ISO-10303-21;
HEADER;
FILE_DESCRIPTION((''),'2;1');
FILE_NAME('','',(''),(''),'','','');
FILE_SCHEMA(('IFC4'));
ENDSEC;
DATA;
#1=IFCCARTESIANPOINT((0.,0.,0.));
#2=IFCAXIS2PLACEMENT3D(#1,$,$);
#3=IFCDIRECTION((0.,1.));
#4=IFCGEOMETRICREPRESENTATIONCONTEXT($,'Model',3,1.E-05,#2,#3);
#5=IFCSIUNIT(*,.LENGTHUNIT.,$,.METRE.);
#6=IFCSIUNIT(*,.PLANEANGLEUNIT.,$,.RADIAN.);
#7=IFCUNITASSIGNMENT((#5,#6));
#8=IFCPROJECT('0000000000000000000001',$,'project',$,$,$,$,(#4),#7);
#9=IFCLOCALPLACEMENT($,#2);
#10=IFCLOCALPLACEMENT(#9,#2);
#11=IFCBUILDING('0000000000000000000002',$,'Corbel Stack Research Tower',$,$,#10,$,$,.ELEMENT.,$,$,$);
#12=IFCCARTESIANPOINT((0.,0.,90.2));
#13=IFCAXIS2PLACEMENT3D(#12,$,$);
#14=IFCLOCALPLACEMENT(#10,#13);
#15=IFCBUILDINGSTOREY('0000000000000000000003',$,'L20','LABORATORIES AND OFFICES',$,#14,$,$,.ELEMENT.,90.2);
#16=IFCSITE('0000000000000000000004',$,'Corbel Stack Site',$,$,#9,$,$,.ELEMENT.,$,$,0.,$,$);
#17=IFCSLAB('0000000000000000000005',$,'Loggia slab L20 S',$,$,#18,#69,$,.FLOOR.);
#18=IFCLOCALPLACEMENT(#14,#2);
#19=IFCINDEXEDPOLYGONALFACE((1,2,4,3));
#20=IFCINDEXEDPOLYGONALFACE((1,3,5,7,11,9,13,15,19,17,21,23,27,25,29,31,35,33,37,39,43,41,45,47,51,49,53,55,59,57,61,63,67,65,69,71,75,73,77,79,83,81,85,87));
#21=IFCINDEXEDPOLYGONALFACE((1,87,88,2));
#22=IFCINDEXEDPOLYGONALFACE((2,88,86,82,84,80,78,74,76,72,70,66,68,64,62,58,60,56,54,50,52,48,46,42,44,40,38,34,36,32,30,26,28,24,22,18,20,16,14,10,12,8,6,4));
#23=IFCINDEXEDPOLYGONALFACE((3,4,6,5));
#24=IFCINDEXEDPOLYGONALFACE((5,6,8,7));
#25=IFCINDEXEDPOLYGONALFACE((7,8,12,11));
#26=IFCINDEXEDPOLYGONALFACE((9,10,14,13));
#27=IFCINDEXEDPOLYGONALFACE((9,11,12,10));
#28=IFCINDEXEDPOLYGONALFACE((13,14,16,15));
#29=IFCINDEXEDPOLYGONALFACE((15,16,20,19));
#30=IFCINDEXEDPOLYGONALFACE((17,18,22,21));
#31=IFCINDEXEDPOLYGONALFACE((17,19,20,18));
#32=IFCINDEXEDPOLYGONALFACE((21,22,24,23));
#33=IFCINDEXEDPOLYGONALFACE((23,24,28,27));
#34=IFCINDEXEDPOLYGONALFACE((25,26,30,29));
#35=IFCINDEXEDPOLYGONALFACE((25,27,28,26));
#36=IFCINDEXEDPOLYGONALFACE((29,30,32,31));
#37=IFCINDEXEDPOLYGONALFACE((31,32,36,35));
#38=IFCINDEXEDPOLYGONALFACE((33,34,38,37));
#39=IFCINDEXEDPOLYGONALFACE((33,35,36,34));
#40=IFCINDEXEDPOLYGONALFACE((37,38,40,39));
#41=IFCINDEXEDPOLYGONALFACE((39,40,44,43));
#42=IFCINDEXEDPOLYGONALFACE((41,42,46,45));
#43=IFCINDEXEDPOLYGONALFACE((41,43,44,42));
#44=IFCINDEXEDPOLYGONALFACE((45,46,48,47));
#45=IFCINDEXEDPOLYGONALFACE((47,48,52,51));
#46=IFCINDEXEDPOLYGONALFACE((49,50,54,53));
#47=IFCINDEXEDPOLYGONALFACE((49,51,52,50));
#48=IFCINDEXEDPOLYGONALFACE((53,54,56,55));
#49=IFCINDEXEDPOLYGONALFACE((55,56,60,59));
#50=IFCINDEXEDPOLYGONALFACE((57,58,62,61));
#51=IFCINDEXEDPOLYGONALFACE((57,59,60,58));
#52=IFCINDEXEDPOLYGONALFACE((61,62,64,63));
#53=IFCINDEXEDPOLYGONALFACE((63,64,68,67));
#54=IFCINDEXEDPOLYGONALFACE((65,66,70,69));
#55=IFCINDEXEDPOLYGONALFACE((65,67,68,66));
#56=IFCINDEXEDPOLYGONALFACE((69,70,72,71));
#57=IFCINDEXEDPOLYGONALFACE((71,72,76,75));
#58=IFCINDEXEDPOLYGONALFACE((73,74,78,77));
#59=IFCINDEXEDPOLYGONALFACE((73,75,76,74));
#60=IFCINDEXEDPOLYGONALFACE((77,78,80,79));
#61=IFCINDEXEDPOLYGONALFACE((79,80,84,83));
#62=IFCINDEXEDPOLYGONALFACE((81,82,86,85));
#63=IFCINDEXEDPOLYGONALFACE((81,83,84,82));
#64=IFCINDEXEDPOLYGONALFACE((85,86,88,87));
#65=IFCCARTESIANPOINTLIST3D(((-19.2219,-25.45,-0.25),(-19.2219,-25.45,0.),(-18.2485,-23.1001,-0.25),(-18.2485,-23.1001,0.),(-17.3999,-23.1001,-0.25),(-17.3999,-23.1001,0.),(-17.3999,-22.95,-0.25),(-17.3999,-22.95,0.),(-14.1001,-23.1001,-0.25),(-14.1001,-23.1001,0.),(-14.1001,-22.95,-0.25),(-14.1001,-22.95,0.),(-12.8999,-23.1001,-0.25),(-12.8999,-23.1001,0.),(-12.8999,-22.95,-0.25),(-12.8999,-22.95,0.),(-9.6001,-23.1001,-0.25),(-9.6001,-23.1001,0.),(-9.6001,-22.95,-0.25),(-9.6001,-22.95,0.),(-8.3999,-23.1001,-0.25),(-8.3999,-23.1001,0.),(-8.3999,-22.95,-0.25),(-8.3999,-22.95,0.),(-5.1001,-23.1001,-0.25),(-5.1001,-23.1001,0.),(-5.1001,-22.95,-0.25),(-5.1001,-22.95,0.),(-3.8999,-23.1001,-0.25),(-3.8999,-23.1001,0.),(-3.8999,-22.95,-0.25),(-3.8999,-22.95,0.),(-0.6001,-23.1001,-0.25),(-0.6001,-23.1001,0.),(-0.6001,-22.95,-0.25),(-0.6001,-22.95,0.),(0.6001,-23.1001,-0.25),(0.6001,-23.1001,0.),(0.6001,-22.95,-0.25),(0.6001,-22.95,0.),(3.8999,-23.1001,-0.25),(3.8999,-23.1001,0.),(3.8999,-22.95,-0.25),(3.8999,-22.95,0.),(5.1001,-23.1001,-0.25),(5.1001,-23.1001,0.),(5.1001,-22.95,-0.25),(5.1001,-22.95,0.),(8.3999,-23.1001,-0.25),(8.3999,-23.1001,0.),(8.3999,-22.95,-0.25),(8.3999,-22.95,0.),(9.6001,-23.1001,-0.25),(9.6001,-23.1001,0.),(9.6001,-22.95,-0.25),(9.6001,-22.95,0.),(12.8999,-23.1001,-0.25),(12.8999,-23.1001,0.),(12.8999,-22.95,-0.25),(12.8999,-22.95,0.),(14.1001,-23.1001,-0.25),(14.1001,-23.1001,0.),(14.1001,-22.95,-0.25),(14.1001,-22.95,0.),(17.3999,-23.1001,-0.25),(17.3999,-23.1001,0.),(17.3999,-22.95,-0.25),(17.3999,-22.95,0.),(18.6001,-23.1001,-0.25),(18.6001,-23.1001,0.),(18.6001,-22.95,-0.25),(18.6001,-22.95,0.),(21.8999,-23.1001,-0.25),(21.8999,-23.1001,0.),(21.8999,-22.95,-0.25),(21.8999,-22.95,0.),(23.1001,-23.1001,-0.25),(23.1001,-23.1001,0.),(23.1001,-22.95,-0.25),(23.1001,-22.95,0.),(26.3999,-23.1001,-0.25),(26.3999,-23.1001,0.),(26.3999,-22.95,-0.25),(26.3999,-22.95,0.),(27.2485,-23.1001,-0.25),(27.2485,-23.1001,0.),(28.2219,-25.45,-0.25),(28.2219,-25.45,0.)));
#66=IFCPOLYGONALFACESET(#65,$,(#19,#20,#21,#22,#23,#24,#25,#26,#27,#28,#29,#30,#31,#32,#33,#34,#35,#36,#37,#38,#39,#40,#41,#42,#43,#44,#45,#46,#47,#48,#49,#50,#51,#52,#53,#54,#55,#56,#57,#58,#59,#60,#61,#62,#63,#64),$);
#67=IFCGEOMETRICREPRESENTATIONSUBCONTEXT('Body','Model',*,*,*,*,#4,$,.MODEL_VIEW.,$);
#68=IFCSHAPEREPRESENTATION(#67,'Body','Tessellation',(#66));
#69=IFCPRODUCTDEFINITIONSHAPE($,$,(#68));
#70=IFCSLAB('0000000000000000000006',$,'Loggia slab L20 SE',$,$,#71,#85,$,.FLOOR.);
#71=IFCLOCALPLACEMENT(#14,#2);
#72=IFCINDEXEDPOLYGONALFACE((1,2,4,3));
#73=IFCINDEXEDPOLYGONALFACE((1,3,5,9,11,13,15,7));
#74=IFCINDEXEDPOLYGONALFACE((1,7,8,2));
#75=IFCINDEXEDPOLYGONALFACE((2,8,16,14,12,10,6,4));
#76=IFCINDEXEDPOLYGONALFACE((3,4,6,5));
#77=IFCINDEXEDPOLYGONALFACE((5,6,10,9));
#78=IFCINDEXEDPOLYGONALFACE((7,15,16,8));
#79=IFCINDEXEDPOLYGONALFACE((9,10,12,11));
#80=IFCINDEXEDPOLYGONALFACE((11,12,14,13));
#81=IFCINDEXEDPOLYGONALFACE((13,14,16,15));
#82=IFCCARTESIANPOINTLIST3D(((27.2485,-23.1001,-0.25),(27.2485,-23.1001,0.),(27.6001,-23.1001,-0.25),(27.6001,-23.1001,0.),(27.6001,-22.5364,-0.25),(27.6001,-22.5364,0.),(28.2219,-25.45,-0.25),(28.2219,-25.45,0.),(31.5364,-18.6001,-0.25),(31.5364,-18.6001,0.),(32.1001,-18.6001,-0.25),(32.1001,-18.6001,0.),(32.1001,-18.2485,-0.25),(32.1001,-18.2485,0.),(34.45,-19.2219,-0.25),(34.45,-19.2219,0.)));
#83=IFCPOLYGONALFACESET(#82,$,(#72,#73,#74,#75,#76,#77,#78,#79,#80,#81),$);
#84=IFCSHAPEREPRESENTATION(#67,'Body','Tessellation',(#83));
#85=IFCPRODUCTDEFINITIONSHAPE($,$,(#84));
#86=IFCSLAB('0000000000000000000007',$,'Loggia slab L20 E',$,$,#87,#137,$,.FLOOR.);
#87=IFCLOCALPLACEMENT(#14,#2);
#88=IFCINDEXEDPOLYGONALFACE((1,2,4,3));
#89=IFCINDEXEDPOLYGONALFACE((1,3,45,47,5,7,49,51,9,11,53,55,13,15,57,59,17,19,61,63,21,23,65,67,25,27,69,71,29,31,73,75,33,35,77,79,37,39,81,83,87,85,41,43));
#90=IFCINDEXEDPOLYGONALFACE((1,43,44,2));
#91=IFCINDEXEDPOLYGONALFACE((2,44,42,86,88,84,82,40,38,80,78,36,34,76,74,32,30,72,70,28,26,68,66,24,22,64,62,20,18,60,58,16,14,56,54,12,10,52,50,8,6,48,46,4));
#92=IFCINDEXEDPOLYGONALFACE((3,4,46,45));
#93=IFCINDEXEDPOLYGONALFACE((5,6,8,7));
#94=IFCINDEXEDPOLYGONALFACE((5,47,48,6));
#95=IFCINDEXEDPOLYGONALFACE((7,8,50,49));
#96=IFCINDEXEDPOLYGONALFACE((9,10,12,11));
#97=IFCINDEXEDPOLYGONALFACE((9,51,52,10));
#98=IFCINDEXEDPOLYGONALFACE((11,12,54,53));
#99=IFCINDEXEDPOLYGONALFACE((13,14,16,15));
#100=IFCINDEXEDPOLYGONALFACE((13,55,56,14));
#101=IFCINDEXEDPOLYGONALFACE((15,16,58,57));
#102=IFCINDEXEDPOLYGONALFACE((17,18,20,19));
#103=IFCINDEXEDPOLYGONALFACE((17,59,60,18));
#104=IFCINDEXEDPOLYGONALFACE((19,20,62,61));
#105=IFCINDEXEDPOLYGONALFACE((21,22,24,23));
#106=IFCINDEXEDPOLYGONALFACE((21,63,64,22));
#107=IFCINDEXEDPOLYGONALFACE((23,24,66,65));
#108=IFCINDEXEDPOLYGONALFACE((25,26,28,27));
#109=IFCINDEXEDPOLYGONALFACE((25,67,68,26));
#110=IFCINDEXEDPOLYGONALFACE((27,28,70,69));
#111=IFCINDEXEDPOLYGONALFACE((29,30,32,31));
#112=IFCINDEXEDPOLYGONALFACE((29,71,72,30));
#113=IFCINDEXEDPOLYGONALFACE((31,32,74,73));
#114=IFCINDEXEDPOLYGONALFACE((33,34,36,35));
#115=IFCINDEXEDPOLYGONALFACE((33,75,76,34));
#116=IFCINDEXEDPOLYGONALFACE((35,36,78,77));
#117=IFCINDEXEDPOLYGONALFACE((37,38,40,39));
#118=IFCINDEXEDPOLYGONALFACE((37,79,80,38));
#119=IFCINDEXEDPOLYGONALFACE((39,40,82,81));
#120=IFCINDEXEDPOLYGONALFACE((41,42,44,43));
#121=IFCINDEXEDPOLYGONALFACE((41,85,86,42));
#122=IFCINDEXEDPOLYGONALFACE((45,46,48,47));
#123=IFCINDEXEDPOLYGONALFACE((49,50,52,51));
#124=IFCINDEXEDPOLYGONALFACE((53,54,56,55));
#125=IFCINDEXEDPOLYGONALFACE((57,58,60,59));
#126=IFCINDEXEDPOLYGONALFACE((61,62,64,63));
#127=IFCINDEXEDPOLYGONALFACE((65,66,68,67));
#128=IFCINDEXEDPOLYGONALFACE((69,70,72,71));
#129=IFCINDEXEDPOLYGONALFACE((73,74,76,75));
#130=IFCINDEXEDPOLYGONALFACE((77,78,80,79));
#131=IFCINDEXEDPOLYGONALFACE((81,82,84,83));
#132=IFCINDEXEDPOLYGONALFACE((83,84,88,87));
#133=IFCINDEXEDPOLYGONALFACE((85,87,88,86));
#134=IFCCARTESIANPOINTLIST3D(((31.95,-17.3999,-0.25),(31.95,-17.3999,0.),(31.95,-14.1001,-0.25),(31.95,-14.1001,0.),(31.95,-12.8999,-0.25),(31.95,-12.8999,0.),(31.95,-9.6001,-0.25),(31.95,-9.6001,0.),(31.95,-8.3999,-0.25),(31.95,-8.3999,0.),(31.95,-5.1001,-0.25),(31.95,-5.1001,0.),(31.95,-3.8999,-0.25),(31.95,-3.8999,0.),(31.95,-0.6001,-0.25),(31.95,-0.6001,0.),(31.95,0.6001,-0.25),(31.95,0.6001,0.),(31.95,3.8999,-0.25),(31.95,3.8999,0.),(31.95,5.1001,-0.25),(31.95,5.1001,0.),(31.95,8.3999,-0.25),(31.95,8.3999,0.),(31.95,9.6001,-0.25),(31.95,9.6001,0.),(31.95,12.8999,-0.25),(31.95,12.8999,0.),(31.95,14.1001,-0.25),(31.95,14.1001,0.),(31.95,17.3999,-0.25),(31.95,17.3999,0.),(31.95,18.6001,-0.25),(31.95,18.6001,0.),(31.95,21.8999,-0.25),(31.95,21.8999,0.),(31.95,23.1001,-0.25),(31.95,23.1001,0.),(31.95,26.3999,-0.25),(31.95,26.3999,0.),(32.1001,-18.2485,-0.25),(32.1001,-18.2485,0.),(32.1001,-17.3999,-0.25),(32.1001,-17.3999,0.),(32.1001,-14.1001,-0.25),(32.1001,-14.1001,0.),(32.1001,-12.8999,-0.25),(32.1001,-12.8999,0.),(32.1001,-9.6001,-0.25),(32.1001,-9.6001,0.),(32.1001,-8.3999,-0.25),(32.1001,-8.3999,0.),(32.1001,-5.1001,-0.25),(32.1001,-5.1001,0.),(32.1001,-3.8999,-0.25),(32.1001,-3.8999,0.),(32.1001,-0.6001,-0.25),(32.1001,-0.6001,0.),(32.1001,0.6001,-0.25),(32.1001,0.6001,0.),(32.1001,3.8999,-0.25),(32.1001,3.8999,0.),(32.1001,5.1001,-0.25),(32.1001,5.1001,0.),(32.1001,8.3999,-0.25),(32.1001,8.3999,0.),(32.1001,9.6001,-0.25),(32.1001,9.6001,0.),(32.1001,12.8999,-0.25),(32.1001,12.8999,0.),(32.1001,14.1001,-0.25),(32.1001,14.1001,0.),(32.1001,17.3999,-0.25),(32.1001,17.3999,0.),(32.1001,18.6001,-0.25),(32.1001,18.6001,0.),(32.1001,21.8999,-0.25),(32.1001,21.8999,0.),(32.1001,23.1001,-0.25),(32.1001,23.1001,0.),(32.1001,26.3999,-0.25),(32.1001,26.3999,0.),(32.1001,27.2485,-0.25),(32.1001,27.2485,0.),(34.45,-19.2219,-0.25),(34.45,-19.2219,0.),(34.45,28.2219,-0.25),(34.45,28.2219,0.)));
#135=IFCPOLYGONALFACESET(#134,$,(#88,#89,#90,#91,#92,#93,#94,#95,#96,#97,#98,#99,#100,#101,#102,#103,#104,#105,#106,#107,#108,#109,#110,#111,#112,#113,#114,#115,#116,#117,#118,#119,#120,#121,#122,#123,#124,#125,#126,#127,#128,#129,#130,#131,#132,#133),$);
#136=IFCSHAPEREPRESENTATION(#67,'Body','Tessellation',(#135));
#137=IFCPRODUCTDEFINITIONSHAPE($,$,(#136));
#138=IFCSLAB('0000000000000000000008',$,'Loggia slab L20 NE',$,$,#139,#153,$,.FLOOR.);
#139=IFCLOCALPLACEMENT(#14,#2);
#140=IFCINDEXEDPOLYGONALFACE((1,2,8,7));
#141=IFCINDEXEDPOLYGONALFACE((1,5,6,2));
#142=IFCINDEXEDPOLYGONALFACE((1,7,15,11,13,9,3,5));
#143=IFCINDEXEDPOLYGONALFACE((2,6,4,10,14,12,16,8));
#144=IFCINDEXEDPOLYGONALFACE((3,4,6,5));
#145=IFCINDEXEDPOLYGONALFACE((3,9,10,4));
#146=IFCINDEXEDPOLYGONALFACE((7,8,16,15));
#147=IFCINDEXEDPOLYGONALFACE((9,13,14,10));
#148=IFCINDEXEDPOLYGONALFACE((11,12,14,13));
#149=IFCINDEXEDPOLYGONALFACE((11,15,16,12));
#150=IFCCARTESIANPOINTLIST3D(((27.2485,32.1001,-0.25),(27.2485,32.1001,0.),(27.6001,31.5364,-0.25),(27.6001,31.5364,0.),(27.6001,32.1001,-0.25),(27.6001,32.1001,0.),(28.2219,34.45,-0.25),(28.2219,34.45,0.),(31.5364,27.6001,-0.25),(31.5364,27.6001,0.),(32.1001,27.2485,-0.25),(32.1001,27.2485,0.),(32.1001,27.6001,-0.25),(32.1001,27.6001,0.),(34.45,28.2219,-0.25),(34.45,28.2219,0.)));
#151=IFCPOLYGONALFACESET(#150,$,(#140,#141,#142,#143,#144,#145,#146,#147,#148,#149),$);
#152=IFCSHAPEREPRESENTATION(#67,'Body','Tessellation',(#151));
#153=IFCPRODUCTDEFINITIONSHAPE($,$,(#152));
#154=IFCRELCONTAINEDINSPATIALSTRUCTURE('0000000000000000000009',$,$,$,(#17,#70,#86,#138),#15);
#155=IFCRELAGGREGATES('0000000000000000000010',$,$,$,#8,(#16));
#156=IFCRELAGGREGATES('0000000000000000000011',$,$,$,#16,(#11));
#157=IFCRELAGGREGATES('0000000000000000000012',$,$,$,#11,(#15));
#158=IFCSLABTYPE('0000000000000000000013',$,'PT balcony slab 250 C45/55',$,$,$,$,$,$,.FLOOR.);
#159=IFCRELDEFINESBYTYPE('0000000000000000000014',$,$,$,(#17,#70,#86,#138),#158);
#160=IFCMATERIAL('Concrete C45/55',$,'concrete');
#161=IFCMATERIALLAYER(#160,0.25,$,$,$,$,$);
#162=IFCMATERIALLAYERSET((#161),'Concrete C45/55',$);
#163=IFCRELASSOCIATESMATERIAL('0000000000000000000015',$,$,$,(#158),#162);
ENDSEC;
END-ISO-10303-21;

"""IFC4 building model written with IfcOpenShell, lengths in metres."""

from ifc_helpers import new_model, si_unit, direction, frame, origin, place, context, subcontext, project, spatial, polyline, outline, extrude, material, layer, layer_set, type_object, element, save


model = new_model("IFC4")

# Units and contexts
model_context = context("Model", 3, precision=1e-05, world=origin(), true_north=direction((0.0, 1.0)))
body_context = subcontext(model_context, "Body", "Model", "MODEL_VIEW")
ifc_project = project(units=[si_unit("LENGTHUNIT", "METRE"), si_unit("PLANEANGLEUNIT", "RADIAN")], contexts=[model_context])

# Site, building, storey
site_placement = place(None, origin())
site = spatial("IfcSite", under=ifc_project, at=site_placement, Name="Corbel Stack Site", CompositionType="ELEMENT", RefElevation=0.0)
building_placement = place(site_placement, origin())
building = spatial("IfcBuilding", under=site, at=building_placement, Name="Corbel Stack Research Tower", CompositionType="ELEMENT")
storey_placement = place(building_placement, frame((0.0, 0.0, 90.2)))
storey = spatial("IfcBuildingStorey", under=building, at=storey_placement, Name="L20", Description="LABORATORIES AND OFFICES", CompositionType="ELEMENT", Elevation=90.2)

# Slabs
ifc_material_1 = material(Name="Concrete C45/55", Category="concrete")
ifc_layer_1 = layer(ifc_material_1, 0.25)
ifc_layer_set_1 = layer_set([ifc_layer_1], Name="Concrete C45/55")
slab_type_1 = type_object("IfcSlabType", Name="PT balcony slab 250 C45/55", PredefinedType="FLOOR", material=ifc_layer_set_1)
slab_1_placement = place(storey_placement, frame((0.0, 0.0, -0.25)))
element("IfcSlab", 1, at=slab_1_placement, inside=storey, type_object=slab_type_1, Name="Loggia slab L20 S", PredefinedType="FLOOR", context=body_context, shape_type="SweptSolid", body=[
    extrude(outline(polyline([(27.2485, -23.1001), (26.3999, -23.1001), (26.3999, -22.95), (23.1001, -22.95), (23.1001, -23.1001), (21.8999, -23.1001), (21.8999, -22.95), (18.6001, -22.95), (18.6001, -23.1001), (17.3999, -23.1001), (17.3999, -22.95), (14.1001, -22.95), (14.1001, -23.1001), (12.8999, -23.1001), (12.8999, -22.95), (9.6001, -22.95), (9.6001, -23.1001), (8.3999, -23.1001), (8.3999, -22.95), (5.1001, -22.95), (5.1001, -23.1001), (3.8999, -23.1001), (3.8999, -22.95), (0.6001, -22.95), (0.6001, -23.1001), (-0.6001, -23.1001), (-0.6001, -22.95), (-3.8999, -22.95), (-3.8999, -23.1001), (-5.1001, -23.1001), (-5.1001, -22.95), (-8.3999, -22.95), (-8.3999, -23.1001), (-9.6001, -23.1001), (-9.6001, -22.95), (-12.8999, -22.95), (-12.8999, -23.1001), (-14.1001, -23.1001), (-14.1001, -22.95), (-17.3999, -22.95), (-17.3999, -23.1001), (-18.2485, -23.1001), (-19.2219, -25.45), (28.2219, -25.45), (27.2485, -23.1001)])), origin(), (0.0, 0.0, 1.0), 0.25),
])
slab_2_placement = place(storey_placement, frame((0.0, 0.0, -0.25)))
element("IfcSlab", 2, at=slab_2_placement, inside=storey, type_object=slab_type_1, Name="Loggia slab L20 SE", PredefinedType="FLOOR", context=body_context, shape_type="SweptSolid", body=[
    extrude(outline(polyline([(32.1001, -18.2485), (32.1001, -18.6001), (31.5364, -18.6001), (27.6001, -22.5364), (27.6001, -23.1001), (27.2485, -23.1001), (28.2219, -25.45), (34.45, -19.2219), (32.1001, -18.2485)])), origin(), (0.0, 0.0, 1.0), 0.25),
])
slab_3_placement = place(storey_placement, frame((0.0, 0.0, -0.25)))
element("IfcSlab", 3, at=slab_3_placement, inside=storey, type_object=slab_type_1, Name="Loggia slab L20 E", PredefinedType="FLOOR", context=body_context, shape_type="SweptSolid", body=[
    extrude(outline(polyline([(32.1001, 27.2485), (32.1001, 26.3999), (31.95, 26.3999), (31.95, 23.1001), (32.1001, 23.1001), (32.1001, 21.8999), (31.95, 21.8999), (31.95, 18.6001), (32.1001, 18.6001), (32.1001, 17.3999), (31.95, 17.3999), (31.95, 14.1001), (32.1001, 14.1001), (32.1001, 12.8999), (31.95, 12.8999), (31.95, 9.6001), (32.1001, 9.6001), (32.1001, 8.3999), (31.95, 8.3999), (31.95, 5.1001), (32.1001, 5.1001), (32.1001, 3.8999), (31.95, 3.8999), (31.95, 0.6001), (32.1001, 0.6001), (32.1001, -0.6001), (31.95, -0.6001), (31.95, -3.8999), (32.1001, -3.8999), (32.1001, -5.1001), (31.95, -5.1001), (31.95, -8.3999), (32.1001, -8.3999), (32.1001, -9.6001), (31.95, -9.6001), (31.95, -12.8999), (32.1001, -12.8999), (32.1001, -14.1001), (31.95, -14.1001), (31.95, -17.3999), (32.1001, -17.3999), (32.1001, -18.2485), (34.45, -19.2219), (34.45, 28.2219), (32.1001, 27.2485)])), origin(), (0.0, 0.0, 1.0), 0.25),
])
slab_4_placement = place(storey_placement, frame((0.0, 0.0, -0.25)))
element("IfcSlab", 4, at=slab_4_placement, inside=storey, type_object=slab_type_1, Name="Loggia slab L20 NE", PredefinedType="FLOOR", context=body_context, shape_type="SweptSolid", body=[
    extrude(outline(polyline([(27.2485, 32.1001), (27.6001, 32.1001), (27.6001, 31.5364), (31.5364, 27.6001), (32.1001, 27.6001), (32.1001, 27.2485), (34.45, 28.2219), (28.2219, 34.45), (27.2485, 32.1001)])), origin(), (0.0, 0.0, 1.0), 0.25),
])

save(model, "model.ifc")
